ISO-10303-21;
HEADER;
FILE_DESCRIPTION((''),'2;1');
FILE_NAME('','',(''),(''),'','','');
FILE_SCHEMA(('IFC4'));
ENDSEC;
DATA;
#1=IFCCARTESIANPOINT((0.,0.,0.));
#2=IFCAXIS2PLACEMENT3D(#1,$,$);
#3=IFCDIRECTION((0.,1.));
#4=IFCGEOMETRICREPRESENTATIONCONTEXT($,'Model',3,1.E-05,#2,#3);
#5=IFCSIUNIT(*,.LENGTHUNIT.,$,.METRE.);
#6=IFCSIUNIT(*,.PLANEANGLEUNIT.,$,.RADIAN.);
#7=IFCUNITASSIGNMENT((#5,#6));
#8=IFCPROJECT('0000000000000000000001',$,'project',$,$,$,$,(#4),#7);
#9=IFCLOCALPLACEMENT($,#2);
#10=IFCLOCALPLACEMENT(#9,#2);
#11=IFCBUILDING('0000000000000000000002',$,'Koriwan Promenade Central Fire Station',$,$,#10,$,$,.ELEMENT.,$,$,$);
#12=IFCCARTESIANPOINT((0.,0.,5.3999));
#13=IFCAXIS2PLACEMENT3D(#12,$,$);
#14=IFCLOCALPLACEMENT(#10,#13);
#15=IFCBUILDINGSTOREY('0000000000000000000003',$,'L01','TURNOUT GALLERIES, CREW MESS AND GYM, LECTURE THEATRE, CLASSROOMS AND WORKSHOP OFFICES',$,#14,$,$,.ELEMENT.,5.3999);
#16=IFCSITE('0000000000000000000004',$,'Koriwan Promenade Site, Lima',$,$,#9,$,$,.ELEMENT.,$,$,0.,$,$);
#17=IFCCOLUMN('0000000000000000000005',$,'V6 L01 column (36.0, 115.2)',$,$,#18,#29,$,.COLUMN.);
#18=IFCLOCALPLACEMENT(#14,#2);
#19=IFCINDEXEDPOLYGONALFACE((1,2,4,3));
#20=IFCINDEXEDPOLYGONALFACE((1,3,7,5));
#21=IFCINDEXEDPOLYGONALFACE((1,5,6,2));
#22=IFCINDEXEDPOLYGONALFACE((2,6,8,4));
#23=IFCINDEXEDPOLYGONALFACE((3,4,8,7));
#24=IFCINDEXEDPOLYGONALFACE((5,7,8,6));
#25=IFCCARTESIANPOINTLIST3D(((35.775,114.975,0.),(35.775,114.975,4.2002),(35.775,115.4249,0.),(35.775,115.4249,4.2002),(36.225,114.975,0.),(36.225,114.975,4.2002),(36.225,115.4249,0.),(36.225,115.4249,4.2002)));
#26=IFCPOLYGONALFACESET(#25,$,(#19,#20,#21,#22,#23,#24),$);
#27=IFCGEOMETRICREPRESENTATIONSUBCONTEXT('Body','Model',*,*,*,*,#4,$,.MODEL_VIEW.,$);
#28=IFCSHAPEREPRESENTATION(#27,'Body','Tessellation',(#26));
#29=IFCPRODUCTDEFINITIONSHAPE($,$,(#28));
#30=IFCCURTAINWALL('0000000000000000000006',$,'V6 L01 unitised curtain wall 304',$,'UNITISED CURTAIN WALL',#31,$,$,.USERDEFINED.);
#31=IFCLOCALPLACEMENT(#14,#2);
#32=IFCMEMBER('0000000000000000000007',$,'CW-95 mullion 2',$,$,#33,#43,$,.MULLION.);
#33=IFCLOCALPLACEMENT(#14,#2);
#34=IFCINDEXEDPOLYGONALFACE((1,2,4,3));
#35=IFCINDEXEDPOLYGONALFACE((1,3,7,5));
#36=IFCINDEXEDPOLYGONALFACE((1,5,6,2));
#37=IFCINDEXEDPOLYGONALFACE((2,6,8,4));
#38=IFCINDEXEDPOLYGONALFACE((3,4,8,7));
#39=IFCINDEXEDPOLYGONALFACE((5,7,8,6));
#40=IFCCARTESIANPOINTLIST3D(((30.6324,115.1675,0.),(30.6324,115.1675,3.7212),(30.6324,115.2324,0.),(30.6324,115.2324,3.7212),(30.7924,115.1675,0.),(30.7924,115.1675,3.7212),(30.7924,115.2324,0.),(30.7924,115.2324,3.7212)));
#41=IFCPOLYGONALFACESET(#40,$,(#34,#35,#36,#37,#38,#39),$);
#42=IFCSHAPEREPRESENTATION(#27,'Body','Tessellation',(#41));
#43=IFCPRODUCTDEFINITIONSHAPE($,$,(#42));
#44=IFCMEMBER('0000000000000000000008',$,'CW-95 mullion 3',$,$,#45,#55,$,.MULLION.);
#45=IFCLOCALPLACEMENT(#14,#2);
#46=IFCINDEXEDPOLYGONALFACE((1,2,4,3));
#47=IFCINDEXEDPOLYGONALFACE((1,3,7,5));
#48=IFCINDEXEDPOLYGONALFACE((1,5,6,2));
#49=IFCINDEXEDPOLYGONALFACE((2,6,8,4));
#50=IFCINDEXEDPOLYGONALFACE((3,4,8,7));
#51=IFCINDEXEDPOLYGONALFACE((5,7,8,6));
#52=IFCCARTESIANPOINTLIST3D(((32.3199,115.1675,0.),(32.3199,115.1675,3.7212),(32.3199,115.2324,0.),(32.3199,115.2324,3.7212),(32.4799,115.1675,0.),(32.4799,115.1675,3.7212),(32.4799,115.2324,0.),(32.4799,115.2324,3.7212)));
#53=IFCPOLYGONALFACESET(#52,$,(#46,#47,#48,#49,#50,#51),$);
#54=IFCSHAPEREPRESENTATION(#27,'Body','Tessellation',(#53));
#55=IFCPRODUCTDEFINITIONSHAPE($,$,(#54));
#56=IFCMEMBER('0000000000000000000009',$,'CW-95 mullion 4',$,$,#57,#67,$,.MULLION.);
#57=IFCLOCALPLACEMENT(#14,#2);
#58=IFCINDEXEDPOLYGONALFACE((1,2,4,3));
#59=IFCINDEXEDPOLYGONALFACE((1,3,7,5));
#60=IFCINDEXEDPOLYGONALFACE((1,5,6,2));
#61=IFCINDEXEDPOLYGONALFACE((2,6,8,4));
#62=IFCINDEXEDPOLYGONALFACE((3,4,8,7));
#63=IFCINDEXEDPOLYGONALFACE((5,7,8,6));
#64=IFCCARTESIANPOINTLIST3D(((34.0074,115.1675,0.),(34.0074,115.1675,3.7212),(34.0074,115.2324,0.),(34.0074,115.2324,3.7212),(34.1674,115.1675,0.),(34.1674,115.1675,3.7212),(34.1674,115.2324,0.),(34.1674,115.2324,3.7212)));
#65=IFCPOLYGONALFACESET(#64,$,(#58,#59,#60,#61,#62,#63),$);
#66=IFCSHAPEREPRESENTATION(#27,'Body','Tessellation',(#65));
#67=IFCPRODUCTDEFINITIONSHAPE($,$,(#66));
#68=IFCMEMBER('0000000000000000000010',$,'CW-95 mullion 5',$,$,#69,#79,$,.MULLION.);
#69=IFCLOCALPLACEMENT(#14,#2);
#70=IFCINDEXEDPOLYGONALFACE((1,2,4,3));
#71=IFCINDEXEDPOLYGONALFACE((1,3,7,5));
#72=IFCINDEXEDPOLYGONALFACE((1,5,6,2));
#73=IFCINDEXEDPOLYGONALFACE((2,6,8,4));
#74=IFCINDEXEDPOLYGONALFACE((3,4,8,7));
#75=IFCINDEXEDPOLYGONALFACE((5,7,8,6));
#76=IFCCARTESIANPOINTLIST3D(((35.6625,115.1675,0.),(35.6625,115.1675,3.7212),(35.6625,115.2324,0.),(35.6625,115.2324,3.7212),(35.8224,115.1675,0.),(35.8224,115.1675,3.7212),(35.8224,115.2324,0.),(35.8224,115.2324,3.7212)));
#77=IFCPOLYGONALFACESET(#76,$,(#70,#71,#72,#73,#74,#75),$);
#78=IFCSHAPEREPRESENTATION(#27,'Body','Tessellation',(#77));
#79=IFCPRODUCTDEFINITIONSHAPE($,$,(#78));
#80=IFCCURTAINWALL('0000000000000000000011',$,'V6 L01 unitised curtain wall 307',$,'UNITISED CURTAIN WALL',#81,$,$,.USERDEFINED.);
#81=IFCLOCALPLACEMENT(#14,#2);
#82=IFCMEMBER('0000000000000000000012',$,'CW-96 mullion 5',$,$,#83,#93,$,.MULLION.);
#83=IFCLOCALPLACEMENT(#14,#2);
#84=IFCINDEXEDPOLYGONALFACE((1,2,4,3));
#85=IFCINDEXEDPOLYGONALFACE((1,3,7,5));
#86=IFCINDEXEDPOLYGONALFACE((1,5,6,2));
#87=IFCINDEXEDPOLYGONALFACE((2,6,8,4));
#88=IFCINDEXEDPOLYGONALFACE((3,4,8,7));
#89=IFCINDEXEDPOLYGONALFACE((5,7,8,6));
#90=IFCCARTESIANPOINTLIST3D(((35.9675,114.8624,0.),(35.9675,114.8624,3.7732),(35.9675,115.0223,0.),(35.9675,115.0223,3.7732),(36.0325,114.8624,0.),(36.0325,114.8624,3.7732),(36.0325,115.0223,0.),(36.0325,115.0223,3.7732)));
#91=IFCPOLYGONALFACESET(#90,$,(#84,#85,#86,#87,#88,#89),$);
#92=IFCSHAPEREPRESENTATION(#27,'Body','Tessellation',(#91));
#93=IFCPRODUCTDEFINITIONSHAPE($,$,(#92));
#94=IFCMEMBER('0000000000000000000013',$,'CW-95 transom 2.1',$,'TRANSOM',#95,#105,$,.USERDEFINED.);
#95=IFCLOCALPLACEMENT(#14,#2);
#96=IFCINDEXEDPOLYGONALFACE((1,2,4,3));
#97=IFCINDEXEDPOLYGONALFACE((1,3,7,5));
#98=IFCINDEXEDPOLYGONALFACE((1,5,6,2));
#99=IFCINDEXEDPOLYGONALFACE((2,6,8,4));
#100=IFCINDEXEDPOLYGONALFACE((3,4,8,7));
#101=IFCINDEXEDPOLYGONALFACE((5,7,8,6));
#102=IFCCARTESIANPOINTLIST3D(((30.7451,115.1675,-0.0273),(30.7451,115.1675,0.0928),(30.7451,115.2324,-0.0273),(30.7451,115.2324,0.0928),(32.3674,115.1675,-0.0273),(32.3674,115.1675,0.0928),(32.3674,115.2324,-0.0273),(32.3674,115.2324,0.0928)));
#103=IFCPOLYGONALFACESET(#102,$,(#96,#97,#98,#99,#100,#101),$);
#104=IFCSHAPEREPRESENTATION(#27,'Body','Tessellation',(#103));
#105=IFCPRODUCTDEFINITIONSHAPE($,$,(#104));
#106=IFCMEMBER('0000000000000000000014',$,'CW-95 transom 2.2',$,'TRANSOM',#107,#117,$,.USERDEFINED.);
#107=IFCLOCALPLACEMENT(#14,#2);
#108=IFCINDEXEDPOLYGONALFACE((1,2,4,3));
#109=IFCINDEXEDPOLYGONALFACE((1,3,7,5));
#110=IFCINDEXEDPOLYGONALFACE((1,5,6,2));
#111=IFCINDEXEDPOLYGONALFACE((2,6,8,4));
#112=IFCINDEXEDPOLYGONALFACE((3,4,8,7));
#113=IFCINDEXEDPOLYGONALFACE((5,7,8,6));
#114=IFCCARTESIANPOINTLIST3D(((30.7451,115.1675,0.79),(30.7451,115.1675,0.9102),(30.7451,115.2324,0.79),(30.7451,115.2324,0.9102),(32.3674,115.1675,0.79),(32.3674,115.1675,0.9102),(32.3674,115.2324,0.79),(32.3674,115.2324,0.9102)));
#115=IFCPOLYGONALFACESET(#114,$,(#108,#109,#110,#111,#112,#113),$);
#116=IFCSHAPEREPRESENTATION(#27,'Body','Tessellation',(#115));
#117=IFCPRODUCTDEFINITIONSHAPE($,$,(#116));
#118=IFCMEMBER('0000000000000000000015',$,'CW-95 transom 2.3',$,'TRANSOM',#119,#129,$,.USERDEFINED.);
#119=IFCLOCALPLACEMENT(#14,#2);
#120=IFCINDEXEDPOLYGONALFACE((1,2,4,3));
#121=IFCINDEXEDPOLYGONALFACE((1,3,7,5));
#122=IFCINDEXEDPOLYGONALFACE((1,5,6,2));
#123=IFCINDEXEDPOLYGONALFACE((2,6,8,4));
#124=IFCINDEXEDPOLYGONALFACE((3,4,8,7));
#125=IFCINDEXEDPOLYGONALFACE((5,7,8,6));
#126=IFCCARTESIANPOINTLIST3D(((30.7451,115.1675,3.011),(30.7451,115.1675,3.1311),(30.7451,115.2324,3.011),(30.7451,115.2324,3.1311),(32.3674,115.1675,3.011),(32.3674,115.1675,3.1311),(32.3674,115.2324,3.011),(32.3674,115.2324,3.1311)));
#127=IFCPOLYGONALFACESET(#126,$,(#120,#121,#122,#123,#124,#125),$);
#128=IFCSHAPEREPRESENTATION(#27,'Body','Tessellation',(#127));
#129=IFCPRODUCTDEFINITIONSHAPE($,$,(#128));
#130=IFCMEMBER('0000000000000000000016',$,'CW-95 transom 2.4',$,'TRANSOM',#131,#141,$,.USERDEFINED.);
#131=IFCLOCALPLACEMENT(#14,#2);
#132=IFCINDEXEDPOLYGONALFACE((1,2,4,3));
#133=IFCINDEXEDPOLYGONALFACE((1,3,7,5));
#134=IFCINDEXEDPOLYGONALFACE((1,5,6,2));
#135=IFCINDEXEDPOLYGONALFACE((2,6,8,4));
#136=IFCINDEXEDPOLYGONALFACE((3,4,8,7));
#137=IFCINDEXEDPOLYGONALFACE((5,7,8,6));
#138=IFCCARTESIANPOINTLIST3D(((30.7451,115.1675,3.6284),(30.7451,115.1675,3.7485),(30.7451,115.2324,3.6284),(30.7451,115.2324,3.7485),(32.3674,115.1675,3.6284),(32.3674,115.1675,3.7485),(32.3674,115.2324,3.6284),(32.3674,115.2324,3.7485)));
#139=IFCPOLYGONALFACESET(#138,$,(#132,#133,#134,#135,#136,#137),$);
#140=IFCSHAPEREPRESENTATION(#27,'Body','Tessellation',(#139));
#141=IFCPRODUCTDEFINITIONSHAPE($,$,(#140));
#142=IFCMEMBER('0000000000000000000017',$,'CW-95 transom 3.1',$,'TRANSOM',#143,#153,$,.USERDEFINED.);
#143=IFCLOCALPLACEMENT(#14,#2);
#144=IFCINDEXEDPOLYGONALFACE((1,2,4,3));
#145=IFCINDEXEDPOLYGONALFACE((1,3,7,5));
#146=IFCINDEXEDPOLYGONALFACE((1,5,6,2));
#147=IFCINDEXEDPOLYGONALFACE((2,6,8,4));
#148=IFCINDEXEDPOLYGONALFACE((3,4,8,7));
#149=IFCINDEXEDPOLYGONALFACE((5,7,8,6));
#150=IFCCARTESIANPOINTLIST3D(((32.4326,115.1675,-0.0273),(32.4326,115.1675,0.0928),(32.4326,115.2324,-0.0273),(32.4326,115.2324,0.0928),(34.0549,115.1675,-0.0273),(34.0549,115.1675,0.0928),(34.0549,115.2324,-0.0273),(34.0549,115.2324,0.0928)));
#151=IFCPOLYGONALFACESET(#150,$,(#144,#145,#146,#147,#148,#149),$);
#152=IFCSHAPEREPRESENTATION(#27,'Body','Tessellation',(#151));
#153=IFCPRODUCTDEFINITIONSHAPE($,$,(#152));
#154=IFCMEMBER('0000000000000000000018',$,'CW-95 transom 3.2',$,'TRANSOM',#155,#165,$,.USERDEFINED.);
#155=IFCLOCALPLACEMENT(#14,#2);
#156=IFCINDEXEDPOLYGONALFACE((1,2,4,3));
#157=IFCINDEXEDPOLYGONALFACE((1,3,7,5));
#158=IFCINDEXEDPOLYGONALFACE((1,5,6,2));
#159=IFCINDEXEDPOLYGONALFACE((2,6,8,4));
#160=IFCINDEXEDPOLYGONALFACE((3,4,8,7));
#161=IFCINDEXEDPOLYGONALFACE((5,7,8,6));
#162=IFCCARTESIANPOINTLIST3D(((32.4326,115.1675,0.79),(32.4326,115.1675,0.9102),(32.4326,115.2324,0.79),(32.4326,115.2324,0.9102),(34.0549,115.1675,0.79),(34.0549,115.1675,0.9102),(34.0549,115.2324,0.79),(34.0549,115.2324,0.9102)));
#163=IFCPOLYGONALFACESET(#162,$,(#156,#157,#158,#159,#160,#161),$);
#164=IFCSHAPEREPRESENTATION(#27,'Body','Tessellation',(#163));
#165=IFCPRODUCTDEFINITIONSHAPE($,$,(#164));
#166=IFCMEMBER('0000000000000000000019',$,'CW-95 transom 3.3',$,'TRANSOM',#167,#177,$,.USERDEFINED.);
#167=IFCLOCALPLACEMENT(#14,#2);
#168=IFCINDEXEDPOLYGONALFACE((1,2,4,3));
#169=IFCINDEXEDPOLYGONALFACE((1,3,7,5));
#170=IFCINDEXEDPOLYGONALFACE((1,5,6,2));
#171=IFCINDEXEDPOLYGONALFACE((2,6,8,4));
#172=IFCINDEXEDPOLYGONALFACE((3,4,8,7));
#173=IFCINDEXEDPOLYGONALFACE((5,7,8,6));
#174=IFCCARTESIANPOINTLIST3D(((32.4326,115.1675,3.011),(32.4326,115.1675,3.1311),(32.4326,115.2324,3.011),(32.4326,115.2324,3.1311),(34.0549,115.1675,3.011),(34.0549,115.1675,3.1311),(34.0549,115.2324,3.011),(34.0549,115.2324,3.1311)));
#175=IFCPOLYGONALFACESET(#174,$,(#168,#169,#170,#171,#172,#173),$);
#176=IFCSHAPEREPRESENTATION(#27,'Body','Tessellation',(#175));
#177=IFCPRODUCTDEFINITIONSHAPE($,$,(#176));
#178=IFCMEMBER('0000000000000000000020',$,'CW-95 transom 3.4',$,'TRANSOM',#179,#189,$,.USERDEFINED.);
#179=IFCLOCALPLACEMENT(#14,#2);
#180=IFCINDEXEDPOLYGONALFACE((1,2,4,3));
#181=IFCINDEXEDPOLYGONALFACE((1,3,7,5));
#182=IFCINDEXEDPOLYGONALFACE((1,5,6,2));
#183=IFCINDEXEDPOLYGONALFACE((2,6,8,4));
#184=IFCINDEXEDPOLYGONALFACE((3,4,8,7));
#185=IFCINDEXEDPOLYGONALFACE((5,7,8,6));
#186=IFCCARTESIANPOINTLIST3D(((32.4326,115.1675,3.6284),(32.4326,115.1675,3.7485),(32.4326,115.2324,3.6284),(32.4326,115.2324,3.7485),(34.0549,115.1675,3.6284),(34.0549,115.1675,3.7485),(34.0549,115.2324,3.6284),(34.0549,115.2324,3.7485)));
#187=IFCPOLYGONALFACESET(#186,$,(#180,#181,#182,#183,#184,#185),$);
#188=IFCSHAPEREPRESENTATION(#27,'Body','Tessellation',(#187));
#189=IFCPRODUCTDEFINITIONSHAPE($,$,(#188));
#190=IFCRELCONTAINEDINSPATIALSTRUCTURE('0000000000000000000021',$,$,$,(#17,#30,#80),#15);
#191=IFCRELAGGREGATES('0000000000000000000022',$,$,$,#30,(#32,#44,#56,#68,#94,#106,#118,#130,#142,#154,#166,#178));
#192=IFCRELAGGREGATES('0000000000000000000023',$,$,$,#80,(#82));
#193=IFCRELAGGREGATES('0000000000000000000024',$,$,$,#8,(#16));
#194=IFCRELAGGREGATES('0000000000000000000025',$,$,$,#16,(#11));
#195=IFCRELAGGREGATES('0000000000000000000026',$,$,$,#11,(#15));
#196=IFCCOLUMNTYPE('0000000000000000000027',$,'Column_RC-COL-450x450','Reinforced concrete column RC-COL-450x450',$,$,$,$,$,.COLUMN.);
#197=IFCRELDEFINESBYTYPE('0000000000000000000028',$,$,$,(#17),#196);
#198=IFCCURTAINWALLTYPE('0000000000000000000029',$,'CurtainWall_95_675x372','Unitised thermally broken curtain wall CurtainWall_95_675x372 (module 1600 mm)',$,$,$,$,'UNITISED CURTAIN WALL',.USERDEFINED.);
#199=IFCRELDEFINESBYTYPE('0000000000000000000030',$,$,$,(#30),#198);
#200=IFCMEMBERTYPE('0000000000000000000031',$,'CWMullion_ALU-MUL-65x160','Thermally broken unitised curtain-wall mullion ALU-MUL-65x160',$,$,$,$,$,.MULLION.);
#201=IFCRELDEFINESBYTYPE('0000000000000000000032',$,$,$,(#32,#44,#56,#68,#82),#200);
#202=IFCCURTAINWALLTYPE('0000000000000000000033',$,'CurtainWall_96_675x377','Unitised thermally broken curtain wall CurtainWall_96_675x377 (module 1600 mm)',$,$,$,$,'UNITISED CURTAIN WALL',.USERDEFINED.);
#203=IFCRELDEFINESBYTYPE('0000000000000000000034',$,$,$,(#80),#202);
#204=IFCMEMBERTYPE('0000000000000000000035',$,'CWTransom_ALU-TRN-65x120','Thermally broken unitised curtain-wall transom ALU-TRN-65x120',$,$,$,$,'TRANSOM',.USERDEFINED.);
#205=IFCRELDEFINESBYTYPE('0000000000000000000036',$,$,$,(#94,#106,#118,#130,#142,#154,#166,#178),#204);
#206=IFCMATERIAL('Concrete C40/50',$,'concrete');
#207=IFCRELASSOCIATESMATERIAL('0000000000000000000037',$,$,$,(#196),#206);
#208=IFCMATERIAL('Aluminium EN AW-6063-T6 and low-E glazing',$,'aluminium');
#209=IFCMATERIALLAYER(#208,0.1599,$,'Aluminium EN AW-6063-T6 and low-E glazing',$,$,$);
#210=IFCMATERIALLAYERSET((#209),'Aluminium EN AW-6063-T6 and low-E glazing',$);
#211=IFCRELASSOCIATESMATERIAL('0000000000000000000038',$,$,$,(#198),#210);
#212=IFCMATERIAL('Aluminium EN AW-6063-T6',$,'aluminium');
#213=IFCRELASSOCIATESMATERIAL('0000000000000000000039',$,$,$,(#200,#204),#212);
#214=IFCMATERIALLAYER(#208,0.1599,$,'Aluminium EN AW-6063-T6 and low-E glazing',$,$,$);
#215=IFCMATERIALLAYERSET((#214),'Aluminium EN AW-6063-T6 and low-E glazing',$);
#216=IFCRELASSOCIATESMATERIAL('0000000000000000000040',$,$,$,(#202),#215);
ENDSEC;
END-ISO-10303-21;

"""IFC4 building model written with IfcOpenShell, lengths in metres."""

from ifc_helpers import new_model, si_unit, direction, frame, origin, origin_2d, place, context, subcontext, project, spatial, rectangle, extrude, material, layer, layer_set, material_profile, profile_set, type_object, element, aggregate, save


model = new_model("IFC4")

# Units and contexts
model_context = context("Model", 3, precision=1e-05, world=origin(), true_north=direction((0.0, 1.0)))
body_context = subcontext(model_context, "Body", "Model", "MODEL_VIEW")
ifc_project = project(units=[si_unit("LENGTHUNIT", "METRE"), si_unit("PLANEANGLEUNIT", "RADIAN")], contexts=[model_context])

# Site, building, storey
site_placement = place(None, origin())
site = spatial("IfcSite", under=ifc_project, at=site_placement, Name="Koriwan Promenade Site, Lima", CompositionType="ELEMENT", RefElevation=0.0)
building_placement = place(site_placement, origin())
building = spatial("IfcBuilding", under=site, at=building_placement, Name="Koriwan Promenade Central Fire Station", CompositionType="ELEMENT")
storey_placement = place(building_placement, frame((0.0, 0.0, 5.3999)))
storey = spatial("IfcBuildingStorey", under=building, at=storey_placement, Name="L01", Description="TURNOUT GALLERIES, CREW MESS AND GYM, LECTURE THEATRE, CLASSROOMS AND WORKSHOP OFFICES", CompositionType="ELEMENT", Elevation=5.3999)

# Column
ifc_material_1 = material(Name="Concrete C40/50", Category="concrete")
ifc_material_profile_1 = material_profile(ifc_material_1, rectangle(XDim=0.45, YDim=0.45, at=origin_2d()), Name="RC-COL-450x450")
ifc_profile_set_1 = profile_set([ifc_material_profile_1], Name="Concrete C40/50")
column_type = type_object("IfcColumnType", Name="Column_RC-COL-450x450", Description="Reinforced concrete column RC-COL-450x450", PredefinedType="COLUMN", material=ifc_profile_set_1)
column_placement = place(storey_placement, frame((36.0, 115.2, 0.0), z_axis=(0.0, 0.0, 1.0), x_axis=(1.0, 0.0, 0.0)))
element("IfcColumn", 1, at=column_placement, inside=storey, type_object=column_type, Name="V6 L01 column (36.0, 115.2)", PredefinedType="COLUMN", context=body_context, shape_type="SweptSolid", body=[
    extrude(rectangle(XDim=0.45, YDim=0.45, at=origin_2d()), origin(), (0.0, 0.0, 1.0), 4.2002),
])

# Curtain wall, members
ifc_material_2 = material(Name="Aluminium EN AW-6063-T6 and low-E glazing", Category="aluminium")
ifc_layer_1 = layer(ifc_material_2, 0.1599, Name="Aluminium EN AW-6063-T6 and low-E glazing")
ifc_layer_set_1 = layer_set([ifc_layer_1], Name="Aluminium EN AW-6063-T6 and low-E glazing")
curtain_wall_type_1 = type_object("IfcCurtainWallType", Name="CurtainWall_95_675x372", Description="Unitised thermally broken curtain wall CurtainWall_95_675x372 (module 1600 mm)", ElementType="UNITISED CURTAIN WALL", PredefinedType="USERDEFINED", material=ifc_layer_set_1)
curtain_wall_1_placement = place(storey_placement, origin())
curtain_wall_1 = element("IfcCurtainWall", 2, at=curtain_wall_1_placement, inside=storey, type_object=curtain_wall_type_1, Name="V6 L01 unitised curtain wall 304", ObjectType="UNITISED CURTAIN WALL", PredefinedType="USERDEFINED")
ifc_material_3 = material(Name="Aluminium EN AW-6063-T6", Category="aluminium")
ifc_material_profile_2 = material_profile(ifc_material_3, rectangle(XDim=0.0649, YDim=0.1599, at=origin_2d()), Name="ALU-MUL-65x160")
ifc_profile_set_2 = profile_set([ifc_material_profile_2], Name="Aluminium EN AW-6063-T6")
member_type_1 = type_object("IfcMemberType", Name="CWMullion_ALU-MUL-65x160", Description="Thermally broken unitised curtain-wall mullion ALU-MUL-65x160", PredefinedType="MULLION", material=ifc_profile_set_2)
member_1_placement = place(storey_placement, frame((30.7124, 115.2, 0.0), z_axis=(0.0, 0.0, 1.0), x_axis=(0.0, 1.0, 0.0)))
member_1 = element("IfcMember", 3, at=member_1_placement, type_object=member_type_1, Name="CW-95 mullion 2", PredefinedType="MULLION", context=body_context, shape_type="SweptSolid", body=[
    extrude(rectangle(XDim=0.0649, YDim=0.1599, at=origin_2d()), origin(), (0.0, 0.0, 1.0), 3.7212),
])
member_2_placement = place(storey_placement, frame((32.3999, 115.2, 0.0), z_axis=(0.0, 0.0, 1.0), x_axis=(0.0, 1.0, 0.0)))
member_2 = element("IfcMember", 4, at=member_2_placement, type_object=member_type_1, Name="CW-95 mullion 3", PredefinedType="MULLION", context=body_context, shape_type="SweptSolid", body=[
    extrude(rectangle(XDim=0.0649, YDim=0.1599, at=origin_2d()), origin(), (0.0, 0.0, 1.0), 3.7212),
])
member_3_placement = place(storey_placement, frame((34.0874, 115.2, 0.0), z_axis=(0.0, 0.0, 1.0), x_axis=(0.0, 1.0, 0.0)))
member_3 = element("IfcMember", 5, at=member_3_placement, type_object=member_type_1, Name="CW-95 mullion 4", PredefinedType="MULLION", context=body_context, shape_type="SweptSolid", body=[
    extrude(rectangle(XDim=0.0649, YDim=0.1599, at=origin_2d()), origin(), (0.0, 0.0, 1.0), 3.7212),
])
member_4_placement = place(storey_placement, frame((35.7424, 115.2, 0.0), z_axis=(0.0, 0.0, 1.0), x_axis=(0.0, 1.0, 0.0)))
member_4 = element("IfcMember", 6, at=member_4_placement, type_object=member_type_1, Name="CW-95 mullion 5", PredefinedType="MULLION", context=body_context, shape_type="SweptSolid", body=[
    extrude(rectangle(XDim=0.0649, YDim=0.1599, at=origin_2d()), origin(), (0.0, 0.0, 1.0), 3.7212),
])

# Curtain wall, member
ifc_layer_2 = layer(ifc_material_2, 0.1599, Name="Aluminium EN AW-6063-T6 and low-E glazing")
ifc_layer_set_2 = layer_set([ifc_layer_2], Name="Aluminium EN AW-6063-T6 and low-E glazing")
curtain_wall_type_2 = type_object("IfcCurtainWallType", Name="CurtainWall_96_675x377", Description="Unitised thermally broken curtain wall CurtainWall_96_675x377 (module 1600 mm)", ElementType="UNITISED CURTAIN WALL", PredefinedType="USERDEFINED", material=ifc_layer_set_2)
curtain_wall_2_placement = place(storey_placement, origin())
curtain_wall_2 = element("IfcCurtainWall", 7, at=curtain_wall_2_placement, inside=storey, type_object=curtain_wall_type_2, Name="V6 L01 unitised curtain wall 307", ObjectType="UNITISED CURTAIN WALL", PredefinedType="USERDEFINED")
member_5_placement = place(storey_placement, frame((36.0, 114.9424, 0.0), z_axis=(0.0, 0.0, 1.0), x_axis=(-1.0, 0.0, 0.0)))
member_5 = element("IfcMember", 8, at=member_5_placement, type_object=member_type_1, Name="CW-96 mullion 5", PredefinedType="MULLION", context=body_context, shape_type="SweptSolid", body=[
    extrude(rectangle(XDim=0.0649, YDim=0.1599, at=origin_2d()), origin(), (0.0, 0.0, 1.0), 3.7732),
])

# Members
ifc_material_profile_3 = material_profile(ifc_material_3, rectangle(XDim=0.0649, YDim=0.1201, at=origin_2d()), Name="ALU-TRN-65x120")
ifc_profile_set_3 = profile_set([ifc_material_profile_3], Name="Aluminium EN AW-6063-T6")
member_type_2 = type_object("IfcMemberType", Name="CWTransom_ALU-TRN-65x120", Description="Thermally broken unitised curtain-wall transom ALU-TRN-65x120", ElementType="TRANSOM", PredefinedType="USERDEFINED", material=ifc_profile_set_3)
member_6_placement = place(storey_placement, frame((30.7451, 115.2, 0.0327), z_axis=(1.0, 0.0, 0.0), x_axis=(0.0, 1.0, 0.0)))
member_6 = element("IfcMember", 9, at=member_6_placement, type_object=member_type_2, Name="CW-95 transom 2.1", ObjectType="TRANSOM", PredefinedType="USERDEFINED", context=body_context, shape_type="SweptSolid", body=[
    extrude(rectangle(XDim=0.0649, YDim=0.1201, at=origin_2d()), origin(), (0.0, 0.0, 1.0), 1.6223),
])
member_7_placement = place(storey_placement, frame((30.7451, 115.2, 0.8501), z_axis=(1.0, 0.0, 0.0), x_axis=(0.0, 1.0, 0.0)))
member_7 = element("IfcMember", 10, at=member_7_placement, type_object=member_type_2, Name="CW-95 transom 2.2", ObjectType="TRANSOM", PredefinedType="USERDEFINED", context=body_context, shape_type="SweptSolid", body=[
    extrude(rectangle(XDim=0.0649, YDim=0.1201, at=origin_2d()), origin(), (0.0, 0.0, 1.0), 1.6223),
])
member_8_placement = place(storey_placement, frame((30.7451, 115.2, 3.071), z_axis=(1.0, 0.0, 0.0), x_axis=(0.0, 1.0, 0.0)))
member_8 = element("IfcMember", 11, at=member_8_placement, type_object=member_type_2, Name="CW-95 transom 2.3", ObjectType="TRANSOM", PredefinedType="USERDEFINED", context=body_context, shape_type="SweptSolid", body=[
    extrude(rectangle(XDim=0.0649, YDim=0.1201, at=origin_2d()), origin(), (0.0, 0.0, 1.0), 1.6223),
])
member_9_placement = place(storey_placement, frame((30.7451, 115.2, 3.6885), z_axis=(1.0, 0.0, 0.0), x_axis=(0.0, 1.0, 0.0)))
member_9 = element("IfcMember", 12, at=member_9_placement, type_object=member_type_2, Name="CW-95 transom 2.4", ObjectType="TRANSOM", PredefinedType="USERDEFINED", context=body_context, shape_type="SweptSolid", body=[
    extrude(rectangle(XDim=0.0649, YDim=0.1201, at=origin_2d()), origin(), (0.0, 0.0, 1.0), 1.6223),
])
member_10_placement = place(storey_placement, frame((32.4326, 115.2, 0.0327), z_axis=(1.0, 0.0, 0.0), x_axis=(0.0, 1.0, 0.0)))
member_10 = element("IfcMember", 13, at=member_10_placement, type_object=member_type_2, Name="CW-95 transom 3.1", ObjectType="TRANSOM", PredefinedType="USERDEFINED", context=body_context, shape_type="SweptSolid", body=[
    extrude(rectangle(XDim=0.0649, YDim=0.1201, at=origin_2d()), origin(), (0.0, 0.0, 1.0), 1.6223),
])
member_11_placement = place(storey_placement, frame((32.4326, 115.2, 0.8501), z_axis=(1.0, 0.0, 0.0), x_axis=(0.0, 1.0, 0.0)))
member_11 = element("IfcMember", 14, at=member_11_placement, type_object=member_type_2, Name="CW-95 transom 3.2", ObjectType="TRANSOM", PredefinedType="USERDEFINED", context=body_context, shape_type="SweptSolid", body=[
    extrude(rectangle(XDim=0.0649, YDim=0.1201, at=origin_2d()), origin(), (0.0, 0.0, 1.0), 1.6223),
])
member_12_placement = place(storey_placement, frame((32.4326, 115.2, 3.071), z_axis=(1.0, 0.0, 0.0), x_axis=(0.0, 1.0, 0.0)))
member_12 = element("IfcMember", 15, at=member_12_placement, type_object=member_type_2, Name="CW-95 transom 3.3", ObjectType="TRANSOM", PredefinedType="USERDEFINED", context=body_context, shape_type="SweptSolid", body=[
    extrude(rectangle(XDim=0.0649, YDim=0.1201, at=origin_2d()), origin(), (0.0, 0.0, 1.0), 1.6223),
])
member_13_placement = place(storey_placement, frame((32.4326, 115.2, 3.6885), z_axis=(1.0, 0.0, 0.0), x_axis=(0.0, 1.0, 0.0)))
member_13 = element("IfcMember", 16, at=member_13_placement, type_object=member_type_2, Name="CW-95 transom 3.4", ObjectType="TRANSOM", PredefinedType="USERDEFINED", context=body_context, shape_type="SweptSolid", body=[
    extrude(rectangle(XDim=0.0649, YDim=0.1201, at=origin_2d()), origin(), (0.0, 0.0, 1.0), 1.6223),
])

aggregate(curtain_wall_1, [member_1, member_2, member_3, member_4, member_6, member_7, member_8, member_9, member_10, member_11, member_12, member_13])
aggregate(curtain_wall_2, [member_5])

save(model, "model.ifc")
